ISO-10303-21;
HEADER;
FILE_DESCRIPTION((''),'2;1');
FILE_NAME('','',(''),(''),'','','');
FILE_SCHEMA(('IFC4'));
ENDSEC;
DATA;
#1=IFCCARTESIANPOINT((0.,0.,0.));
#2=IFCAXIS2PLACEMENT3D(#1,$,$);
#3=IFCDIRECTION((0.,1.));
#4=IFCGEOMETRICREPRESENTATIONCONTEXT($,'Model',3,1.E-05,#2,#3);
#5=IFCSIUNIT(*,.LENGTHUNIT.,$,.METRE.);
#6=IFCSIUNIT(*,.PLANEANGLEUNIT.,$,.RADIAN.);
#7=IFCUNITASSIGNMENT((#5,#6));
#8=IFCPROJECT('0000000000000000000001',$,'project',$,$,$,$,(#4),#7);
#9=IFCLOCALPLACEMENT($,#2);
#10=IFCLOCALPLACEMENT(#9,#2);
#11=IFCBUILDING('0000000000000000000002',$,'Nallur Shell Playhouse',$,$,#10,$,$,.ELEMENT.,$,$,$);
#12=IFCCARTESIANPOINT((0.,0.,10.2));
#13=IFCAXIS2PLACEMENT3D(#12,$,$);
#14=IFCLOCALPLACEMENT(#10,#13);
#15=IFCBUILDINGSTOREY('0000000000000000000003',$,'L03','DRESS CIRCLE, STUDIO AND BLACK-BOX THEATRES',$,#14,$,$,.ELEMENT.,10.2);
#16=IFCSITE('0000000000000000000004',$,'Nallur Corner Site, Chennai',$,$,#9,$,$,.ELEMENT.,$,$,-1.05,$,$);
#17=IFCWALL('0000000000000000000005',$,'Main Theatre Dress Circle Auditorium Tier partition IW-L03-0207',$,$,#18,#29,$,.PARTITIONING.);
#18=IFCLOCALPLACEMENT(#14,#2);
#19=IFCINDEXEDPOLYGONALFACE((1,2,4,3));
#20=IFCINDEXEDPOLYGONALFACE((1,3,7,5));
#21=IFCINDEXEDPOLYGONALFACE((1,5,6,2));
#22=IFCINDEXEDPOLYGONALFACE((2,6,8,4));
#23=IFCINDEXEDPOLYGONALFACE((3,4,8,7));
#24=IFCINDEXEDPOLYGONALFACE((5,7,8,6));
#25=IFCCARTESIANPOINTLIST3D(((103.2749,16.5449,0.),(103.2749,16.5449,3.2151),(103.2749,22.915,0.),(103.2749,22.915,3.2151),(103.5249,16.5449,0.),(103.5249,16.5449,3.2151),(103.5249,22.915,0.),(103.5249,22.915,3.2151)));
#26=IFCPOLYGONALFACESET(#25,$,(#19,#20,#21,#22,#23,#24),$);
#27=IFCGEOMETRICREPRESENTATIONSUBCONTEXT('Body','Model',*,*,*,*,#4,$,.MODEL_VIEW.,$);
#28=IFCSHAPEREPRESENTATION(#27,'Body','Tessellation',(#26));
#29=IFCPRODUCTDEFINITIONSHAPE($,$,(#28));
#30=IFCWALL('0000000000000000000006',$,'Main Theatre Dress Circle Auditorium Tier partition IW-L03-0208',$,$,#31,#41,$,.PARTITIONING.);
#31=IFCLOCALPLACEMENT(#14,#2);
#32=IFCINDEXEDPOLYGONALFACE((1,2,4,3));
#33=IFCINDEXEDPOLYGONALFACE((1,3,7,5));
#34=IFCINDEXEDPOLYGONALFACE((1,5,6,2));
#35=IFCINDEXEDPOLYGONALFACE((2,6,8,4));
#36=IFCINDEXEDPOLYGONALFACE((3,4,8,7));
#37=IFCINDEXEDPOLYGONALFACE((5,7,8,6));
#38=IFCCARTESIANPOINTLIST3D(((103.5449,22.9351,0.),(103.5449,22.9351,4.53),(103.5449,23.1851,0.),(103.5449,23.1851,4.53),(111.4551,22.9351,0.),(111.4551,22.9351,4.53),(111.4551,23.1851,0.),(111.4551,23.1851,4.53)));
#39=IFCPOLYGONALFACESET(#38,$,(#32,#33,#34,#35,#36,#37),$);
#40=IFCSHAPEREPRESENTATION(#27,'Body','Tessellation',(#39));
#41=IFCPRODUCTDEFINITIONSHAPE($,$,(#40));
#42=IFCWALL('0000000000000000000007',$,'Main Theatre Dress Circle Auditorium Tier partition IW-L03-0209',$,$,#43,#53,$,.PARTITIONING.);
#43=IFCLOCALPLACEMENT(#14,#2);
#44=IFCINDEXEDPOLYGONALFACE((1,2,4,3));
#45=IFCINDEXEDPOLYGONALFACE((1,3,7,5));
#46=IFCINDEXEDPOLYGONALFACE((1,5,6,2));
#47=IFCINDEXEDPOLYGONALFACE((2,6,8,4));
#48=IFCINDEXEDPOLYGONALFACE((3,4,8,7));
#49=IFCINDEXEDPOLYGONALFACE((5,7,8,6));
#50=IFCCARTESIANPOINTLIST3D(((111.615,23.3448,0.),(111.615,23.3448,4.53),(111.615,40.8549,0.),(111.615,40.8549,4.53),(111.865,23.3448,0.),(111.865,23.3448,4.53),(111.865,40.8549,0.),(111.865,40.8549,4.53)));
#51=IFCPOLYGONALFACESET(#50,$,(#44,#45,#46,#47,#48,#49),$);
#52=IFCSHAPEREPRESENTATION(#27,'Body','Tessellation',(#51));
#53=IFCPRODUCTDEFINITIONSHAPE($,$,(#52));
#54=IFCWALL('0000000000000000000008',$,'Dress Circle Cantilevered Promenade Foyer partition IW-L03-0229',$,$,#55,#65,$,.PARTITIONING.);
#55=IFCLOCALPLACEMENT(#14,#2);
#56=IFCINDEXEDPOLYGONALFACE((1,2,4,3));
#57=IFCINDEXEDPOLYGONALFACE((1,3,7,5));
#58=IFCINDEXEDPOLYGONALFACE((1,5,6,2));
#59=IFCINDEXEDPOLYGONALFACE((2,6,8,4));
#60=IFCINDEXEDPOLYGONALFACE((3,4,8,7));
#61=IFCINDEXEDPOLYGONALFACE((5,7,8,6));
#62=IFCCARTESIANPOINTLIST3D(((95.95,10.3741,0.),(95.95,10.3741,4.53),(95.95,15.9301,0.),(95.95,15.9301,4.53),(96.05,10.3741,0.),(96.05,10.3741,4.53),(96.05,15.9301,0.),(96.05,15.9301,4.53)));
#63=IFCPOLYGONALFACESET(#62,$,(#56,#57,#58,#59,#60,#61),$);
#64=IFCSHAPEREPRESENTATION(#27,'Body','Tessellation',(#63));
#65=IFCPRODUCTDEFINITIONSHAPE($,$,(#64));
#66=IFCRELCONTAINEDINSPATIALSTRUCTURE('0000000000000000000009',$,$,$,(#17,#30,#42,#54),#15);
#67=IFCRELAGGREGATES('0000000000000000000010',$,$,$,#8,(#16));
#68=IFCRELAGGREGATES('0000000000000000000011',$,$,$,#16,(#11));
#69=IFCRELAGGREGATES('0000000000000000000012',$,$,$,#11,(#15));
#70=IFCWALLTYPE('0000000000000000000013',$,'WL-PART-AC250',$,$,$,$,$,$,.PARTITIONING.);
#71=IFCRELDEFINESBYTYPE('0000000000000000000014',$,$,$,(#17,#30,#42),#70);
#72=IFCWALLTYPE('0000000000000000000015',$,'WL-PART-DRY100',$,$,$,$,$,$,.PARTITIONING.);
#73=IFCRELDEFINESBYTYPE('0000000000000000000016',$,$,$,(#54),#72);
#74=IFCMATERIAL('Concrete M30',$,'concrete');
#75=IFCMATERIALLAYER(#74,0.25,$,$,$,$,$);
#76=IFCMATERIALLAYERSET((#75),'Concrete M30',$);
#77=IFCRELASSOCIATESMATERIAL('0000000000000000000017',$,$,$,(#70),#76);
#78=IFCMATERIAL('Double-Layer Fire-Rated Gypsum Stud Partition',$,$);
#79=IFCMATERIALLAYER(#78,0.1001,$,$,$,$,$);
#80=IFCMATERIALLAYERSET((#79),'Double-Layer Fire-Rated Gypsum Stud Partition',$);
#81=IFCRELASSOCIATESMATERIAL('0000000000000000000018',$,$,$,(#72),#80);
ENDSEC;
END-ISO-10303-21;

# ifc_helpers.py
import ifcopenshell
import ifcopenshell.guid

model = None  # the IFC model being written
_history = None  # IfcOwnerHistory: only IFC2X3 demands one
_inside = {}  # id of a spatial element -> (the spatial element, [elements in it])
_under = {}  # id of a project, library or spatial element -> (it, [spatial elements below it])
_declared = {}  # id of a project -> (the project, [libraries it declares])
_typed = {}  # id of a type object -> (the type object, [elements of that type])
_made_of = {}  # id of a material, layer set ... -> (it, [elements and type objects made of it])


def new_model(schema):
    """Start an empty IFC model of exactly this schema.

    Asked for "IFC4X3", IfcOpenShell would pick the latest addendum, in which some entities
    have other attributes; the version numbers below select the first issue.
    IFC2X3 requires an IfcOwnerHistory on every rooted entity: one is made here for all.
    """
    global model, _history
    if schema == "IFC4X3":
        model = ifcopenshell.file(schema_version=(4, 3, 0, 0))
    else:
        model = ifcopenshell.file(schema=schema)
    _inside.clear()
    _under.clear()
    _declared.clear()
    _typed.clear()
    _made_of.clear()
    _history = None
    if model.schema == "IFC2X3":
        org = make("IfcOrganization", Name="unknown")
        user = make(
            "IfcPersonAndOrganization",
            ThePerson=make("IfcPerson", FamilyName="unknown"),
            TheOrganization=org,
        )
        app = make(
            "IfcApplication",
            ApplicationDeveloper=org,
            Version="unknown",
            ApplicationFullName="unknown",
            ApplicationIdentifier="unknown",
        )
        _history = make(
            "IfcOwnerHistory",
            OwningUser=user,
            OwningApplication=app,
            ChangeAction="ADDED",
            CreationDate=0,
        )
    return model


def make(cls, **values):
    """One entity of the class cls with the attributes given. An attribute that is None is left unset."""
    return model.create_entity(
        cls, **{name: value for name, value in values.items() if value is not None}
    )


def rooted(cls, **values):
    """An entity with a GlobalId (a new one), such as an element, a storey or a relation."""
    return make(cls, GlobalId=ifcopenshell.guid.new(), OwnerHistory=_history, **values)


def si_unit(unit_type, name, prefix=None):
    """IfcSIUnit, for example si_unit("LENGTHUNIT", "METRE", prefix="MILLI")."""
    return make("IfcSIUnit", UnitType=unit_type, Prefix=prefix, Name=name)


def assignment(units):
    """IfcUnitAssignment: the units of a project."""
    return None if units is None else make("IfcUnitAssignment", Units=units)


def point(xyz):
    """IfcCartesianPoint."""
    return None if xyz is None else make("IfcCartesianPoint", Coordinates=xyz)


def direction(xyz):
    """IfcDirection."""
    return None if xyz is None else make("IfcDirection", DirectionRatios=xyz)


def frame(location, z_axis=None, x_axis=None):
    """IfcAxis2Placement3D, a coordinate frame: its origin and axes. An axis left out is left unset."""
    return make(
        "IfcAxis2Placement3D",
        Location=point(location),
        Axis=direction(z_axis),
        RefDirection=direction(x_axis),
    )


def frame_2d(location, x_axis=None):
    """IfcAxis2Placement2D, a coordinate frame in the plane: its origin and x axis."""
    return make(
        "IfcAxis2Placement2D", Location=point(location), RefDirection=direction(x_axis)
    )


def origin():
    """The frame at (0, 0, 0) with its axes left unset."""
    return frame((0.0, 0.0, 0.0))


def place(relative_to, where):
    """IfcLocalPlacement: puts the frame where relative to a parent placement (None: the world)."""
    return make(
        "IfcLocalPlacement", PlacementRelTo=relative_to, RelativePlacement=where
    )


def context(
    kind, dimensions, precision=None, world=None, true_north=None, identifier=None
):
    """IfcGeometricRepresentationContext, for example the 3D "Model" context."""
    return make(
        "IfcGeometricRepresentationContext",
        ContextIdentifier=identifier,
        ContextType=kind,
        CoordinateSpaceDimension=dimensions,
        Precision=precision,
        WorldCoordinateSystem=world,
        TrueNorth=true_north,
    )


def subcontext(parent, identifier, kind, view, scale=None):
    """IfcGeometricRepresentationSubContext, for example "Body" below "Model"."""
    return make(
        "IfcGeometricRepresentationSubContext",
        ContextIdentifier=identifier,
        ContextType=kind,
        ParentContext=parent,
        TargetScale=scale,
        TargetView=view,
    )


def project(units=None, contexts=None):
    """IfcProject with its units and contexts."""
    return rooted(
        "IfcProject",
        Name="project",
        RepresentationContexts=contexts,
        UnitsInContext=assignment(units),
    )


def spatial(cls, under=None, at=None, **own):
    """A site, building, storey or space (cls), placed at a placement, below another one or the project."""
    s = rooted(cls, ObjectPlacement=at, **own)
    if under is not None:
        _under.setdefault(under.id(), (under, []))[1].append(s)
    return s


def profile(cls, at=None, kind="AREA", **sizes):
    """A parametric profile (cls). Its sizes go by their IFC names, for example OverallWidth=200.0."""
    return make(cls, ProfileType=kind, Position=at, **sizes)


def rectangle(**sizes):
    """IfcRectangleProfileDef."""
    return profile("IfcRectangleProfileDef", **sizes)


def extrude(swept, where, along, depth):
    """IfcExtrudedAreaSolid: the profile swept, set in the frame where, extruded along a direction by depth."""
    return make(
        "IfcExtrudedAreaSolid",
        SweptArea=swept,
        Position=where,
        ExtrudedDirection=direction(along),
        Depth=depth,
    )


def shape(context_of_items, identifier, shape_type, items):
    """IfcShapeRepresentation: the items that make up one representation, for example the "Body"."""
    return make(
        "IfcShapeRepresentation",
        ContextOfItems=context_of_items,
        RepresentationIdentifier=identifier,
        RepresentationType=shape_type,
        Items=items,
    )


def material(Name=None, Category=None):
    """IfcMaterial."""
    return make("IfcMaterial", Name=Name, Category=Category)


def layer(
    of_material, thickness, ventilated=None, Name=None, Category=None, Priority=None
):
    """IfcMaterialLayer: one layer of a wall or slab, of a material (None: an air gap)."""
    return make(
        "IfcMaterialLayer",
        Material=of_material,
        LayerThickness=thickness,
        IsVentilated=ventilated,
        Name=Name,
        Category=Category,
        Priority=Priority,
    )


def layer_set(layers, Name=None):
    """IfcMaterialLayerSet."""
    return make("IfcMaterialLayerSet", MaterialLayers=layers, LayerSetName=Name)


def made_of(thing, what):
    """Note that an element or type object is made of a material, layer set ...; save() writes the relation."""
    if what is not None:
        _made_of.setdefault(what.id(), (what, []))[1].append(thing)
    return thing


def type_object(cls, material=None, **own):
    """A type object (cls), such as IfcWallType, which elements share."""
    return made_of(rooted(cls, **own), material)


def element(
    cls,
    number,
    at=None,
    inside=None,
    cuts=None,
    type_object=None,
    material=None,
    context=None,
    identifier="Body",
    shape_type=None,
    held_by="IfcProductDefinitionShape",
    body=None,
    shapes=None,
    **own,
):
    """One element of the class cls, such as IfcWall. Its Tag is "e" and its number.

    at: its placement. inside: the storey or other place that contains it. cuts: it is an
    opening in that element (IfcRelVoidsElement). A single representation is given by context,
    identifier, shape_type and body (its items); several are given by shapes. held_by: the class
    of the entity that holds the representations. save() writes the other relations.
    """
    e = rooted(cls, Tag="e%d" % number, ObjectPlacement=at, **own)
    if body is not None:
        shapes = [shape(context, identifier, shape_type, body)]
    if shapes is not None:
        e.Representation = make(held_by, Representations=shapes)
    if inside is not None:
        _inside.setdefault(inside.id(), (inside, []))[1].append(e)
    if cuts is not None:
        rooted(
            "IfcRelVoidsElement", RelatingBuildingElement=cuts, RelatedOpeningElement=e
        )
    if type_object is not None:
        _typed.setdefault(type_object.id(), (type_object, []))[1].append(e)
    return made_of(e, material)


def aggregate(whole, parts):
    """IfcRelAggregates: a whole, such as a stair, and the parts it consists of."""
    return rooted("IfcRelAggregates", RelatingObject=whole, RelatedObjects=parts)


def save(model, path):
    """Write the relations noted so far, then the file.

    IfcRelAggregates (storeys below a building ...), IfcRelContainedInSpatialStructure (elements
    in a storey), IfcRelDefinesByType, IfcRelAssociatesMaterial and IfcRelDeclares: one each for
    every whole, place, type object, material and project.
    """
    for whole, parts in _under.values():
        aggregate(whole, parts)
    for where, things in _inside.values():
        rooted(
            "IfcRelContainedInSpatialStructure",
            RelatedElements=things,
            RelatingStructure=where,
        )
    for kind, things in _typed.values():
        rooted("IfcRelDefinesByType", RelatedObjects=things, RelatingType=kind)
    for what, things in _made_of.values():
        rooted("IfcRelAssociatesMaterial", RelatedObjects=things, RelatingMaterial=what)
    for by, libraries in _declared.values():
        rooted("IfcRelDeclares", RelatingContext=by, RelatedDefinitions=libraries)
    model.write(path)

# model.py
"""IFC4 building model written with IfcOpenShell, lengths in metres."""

from ifc_helpers import new_model, si_unit, direction, frame, frame_2d, origin, place, context, subcontext, project, spatial, rectangle, extrude, material, layer, layer_set, type_object, element, save


model = new_model("IFC4")

# Units and contexts
model_context = context("Model", 3, precision=1e-05, world=origin(), true_north=direction((0.0, 1.0)))
body_context = subcontext(model_context, "Body", "Model", "MODEL_VIEW")
ifc_project = project(units=[si_unit("LENGTHUNIT", "METRE"), si_unit("PLANEANGLEUNIT", "RADIAN")], contexts=[model_context])

# Site, building, storey
site_placement = place(None, origin())
site = spatial("IfcSite", under=ifc_project, at=site_placement, Name="Nallur Corner Site, Chennai", CompositionType="ELEMENT", RefElevation=-1.05)
building_placement = place(site_placement, origin())
building = spatial("IfcBuilding", under=site, at=building_placement, Name="Nallur Shell Playhouse", CompositionType="ELEMENT")
storey_placement = place(building_placement, frame((0.0, 0.0, 10.2)))
storey = spatial("IfcBuildingStorey", under=building, at=storey_placement, Name="L03", Description="DRESS CIRCLE, STUDIO AND BLACK-BOX THEATRES", CompositionType="ELEMENT", Elevation=10.2)

# Shared definitions
ifc_material_1 = material(Name="Concrete M30", Category="concrete")
ifc_layer_1 = layer(ifc_material_1, 0.25)
ifc_layer_set_1 = layer_set([ifc_layer_1], Name="Concrete M30")
wall_type_1 = type_object("IfcWallType", Name="WL-PART-AC250", PredefinedType="PARTITIONING", material=ifc_layer_set_1)

# Walls
wall_1_placement = place(storey_placement, frame((103.3999, 16.5449, 0.0), z_axis=(0.0, 0.0, 1.0), x_axis=(0.0, 1.0, 0.0)))
element("IfcWall", 1, at=wall_1_placement, inside=storey, type_object=wall_type_1, Name="Main Theatre Dress Circle Auditorium Tier partition IW-L03-0207", PredefinedType="PARTITIONING", context=body_context, shape_type="SweptSolid", body=[
    extrude(rectangle(XDim=6.3701, YDim=0.25, at=frame_2d((3.1851, 0.0))), origin(), (0.0, 0.0, 1.0), 3.2151),
])
wall_2_placement = place(storey_placement, frame((103.5449, 23.0601, 0.0), z_axis=(0.0, 0.0, 1.0), x_axis=(1.0, 0.0, 0.0)))
element("IfcWall", 2, at=wall_2_placement, inside=storey, type_object=wall_type_1, Name="Main Theatre Dress Circle Auditorium Tier partition IW-L03-0208", PredefinedType="PARTITIONING", context=body_context, shape_type="SweptSolid", body=[
    extrude(rectangle(XDim=7.9102, YDim=0.25, at=frame_2d((3.9551, 0.0))), origin(), (0.0, 0.0, 1.0), 4.53),
])
wall_3_placement = place(storey_placement, frame((111.74, 23.345, 0.0), z_axis=(0.0, 0.0, 1.0), x_axis=(0.0, 1.0, 0.0)))
element("IfcWall", 3, at=wall_3_placement, inside=storey, type_object=wall_type_1, Name="Main Theatre Dress Circle Auditorium Tier partition IW-L03-0209", PredefinedType="PARTITIONING", context=body_context, shape_type="SweptSolid", body=[
    extrude(rectangle(XDim=17.51, YDim=0.25, at=frame_2d((8.7549, 0.0))), origin(), (0.0, 0.0, 1.0), 4.53),
])
ifc_material_2 = material(Name="Double-Layer Fire-Rated Gypsum Stud Partition")
ifc_layer_2 = layer(ifc_material_2, 0.1001)
ifc_layer_set_2 = layer_set([ifc_layer_2], Name="Double-Layer Fire-Rated Gypsum Stud Partition")
wall_type_2 = type_object("IfcWallType", Name="WL-PART-DRY100", PredefinedType="PARTITIONING", material=ifc_layer_set_2)
wall_4_placement = place(storey_placement, frame((96.0, 15.9299, 0.0), z_axis=(0.0, 0.0, 1.0), x_axis=(0.0, -1.0, 0.0)))
element("IfcWall", 4, at=wall_4_placement, inside=storey, type_object=wall_type_2, Name="Dress Circle Cantilevered Promenade Foyer partition IW-L03-0229", PredefinedType="PARTITIONING", context=body_context, shape_type="SweptSolid", body=[
    extrude(rectangle(XDim=5.5559, YDim=0.1001, at=frame_2d((2.7778, 0.0))), origin(), (0.0, 0.0, 1.0), 4.53),
])

save(model, "model.ifc")
